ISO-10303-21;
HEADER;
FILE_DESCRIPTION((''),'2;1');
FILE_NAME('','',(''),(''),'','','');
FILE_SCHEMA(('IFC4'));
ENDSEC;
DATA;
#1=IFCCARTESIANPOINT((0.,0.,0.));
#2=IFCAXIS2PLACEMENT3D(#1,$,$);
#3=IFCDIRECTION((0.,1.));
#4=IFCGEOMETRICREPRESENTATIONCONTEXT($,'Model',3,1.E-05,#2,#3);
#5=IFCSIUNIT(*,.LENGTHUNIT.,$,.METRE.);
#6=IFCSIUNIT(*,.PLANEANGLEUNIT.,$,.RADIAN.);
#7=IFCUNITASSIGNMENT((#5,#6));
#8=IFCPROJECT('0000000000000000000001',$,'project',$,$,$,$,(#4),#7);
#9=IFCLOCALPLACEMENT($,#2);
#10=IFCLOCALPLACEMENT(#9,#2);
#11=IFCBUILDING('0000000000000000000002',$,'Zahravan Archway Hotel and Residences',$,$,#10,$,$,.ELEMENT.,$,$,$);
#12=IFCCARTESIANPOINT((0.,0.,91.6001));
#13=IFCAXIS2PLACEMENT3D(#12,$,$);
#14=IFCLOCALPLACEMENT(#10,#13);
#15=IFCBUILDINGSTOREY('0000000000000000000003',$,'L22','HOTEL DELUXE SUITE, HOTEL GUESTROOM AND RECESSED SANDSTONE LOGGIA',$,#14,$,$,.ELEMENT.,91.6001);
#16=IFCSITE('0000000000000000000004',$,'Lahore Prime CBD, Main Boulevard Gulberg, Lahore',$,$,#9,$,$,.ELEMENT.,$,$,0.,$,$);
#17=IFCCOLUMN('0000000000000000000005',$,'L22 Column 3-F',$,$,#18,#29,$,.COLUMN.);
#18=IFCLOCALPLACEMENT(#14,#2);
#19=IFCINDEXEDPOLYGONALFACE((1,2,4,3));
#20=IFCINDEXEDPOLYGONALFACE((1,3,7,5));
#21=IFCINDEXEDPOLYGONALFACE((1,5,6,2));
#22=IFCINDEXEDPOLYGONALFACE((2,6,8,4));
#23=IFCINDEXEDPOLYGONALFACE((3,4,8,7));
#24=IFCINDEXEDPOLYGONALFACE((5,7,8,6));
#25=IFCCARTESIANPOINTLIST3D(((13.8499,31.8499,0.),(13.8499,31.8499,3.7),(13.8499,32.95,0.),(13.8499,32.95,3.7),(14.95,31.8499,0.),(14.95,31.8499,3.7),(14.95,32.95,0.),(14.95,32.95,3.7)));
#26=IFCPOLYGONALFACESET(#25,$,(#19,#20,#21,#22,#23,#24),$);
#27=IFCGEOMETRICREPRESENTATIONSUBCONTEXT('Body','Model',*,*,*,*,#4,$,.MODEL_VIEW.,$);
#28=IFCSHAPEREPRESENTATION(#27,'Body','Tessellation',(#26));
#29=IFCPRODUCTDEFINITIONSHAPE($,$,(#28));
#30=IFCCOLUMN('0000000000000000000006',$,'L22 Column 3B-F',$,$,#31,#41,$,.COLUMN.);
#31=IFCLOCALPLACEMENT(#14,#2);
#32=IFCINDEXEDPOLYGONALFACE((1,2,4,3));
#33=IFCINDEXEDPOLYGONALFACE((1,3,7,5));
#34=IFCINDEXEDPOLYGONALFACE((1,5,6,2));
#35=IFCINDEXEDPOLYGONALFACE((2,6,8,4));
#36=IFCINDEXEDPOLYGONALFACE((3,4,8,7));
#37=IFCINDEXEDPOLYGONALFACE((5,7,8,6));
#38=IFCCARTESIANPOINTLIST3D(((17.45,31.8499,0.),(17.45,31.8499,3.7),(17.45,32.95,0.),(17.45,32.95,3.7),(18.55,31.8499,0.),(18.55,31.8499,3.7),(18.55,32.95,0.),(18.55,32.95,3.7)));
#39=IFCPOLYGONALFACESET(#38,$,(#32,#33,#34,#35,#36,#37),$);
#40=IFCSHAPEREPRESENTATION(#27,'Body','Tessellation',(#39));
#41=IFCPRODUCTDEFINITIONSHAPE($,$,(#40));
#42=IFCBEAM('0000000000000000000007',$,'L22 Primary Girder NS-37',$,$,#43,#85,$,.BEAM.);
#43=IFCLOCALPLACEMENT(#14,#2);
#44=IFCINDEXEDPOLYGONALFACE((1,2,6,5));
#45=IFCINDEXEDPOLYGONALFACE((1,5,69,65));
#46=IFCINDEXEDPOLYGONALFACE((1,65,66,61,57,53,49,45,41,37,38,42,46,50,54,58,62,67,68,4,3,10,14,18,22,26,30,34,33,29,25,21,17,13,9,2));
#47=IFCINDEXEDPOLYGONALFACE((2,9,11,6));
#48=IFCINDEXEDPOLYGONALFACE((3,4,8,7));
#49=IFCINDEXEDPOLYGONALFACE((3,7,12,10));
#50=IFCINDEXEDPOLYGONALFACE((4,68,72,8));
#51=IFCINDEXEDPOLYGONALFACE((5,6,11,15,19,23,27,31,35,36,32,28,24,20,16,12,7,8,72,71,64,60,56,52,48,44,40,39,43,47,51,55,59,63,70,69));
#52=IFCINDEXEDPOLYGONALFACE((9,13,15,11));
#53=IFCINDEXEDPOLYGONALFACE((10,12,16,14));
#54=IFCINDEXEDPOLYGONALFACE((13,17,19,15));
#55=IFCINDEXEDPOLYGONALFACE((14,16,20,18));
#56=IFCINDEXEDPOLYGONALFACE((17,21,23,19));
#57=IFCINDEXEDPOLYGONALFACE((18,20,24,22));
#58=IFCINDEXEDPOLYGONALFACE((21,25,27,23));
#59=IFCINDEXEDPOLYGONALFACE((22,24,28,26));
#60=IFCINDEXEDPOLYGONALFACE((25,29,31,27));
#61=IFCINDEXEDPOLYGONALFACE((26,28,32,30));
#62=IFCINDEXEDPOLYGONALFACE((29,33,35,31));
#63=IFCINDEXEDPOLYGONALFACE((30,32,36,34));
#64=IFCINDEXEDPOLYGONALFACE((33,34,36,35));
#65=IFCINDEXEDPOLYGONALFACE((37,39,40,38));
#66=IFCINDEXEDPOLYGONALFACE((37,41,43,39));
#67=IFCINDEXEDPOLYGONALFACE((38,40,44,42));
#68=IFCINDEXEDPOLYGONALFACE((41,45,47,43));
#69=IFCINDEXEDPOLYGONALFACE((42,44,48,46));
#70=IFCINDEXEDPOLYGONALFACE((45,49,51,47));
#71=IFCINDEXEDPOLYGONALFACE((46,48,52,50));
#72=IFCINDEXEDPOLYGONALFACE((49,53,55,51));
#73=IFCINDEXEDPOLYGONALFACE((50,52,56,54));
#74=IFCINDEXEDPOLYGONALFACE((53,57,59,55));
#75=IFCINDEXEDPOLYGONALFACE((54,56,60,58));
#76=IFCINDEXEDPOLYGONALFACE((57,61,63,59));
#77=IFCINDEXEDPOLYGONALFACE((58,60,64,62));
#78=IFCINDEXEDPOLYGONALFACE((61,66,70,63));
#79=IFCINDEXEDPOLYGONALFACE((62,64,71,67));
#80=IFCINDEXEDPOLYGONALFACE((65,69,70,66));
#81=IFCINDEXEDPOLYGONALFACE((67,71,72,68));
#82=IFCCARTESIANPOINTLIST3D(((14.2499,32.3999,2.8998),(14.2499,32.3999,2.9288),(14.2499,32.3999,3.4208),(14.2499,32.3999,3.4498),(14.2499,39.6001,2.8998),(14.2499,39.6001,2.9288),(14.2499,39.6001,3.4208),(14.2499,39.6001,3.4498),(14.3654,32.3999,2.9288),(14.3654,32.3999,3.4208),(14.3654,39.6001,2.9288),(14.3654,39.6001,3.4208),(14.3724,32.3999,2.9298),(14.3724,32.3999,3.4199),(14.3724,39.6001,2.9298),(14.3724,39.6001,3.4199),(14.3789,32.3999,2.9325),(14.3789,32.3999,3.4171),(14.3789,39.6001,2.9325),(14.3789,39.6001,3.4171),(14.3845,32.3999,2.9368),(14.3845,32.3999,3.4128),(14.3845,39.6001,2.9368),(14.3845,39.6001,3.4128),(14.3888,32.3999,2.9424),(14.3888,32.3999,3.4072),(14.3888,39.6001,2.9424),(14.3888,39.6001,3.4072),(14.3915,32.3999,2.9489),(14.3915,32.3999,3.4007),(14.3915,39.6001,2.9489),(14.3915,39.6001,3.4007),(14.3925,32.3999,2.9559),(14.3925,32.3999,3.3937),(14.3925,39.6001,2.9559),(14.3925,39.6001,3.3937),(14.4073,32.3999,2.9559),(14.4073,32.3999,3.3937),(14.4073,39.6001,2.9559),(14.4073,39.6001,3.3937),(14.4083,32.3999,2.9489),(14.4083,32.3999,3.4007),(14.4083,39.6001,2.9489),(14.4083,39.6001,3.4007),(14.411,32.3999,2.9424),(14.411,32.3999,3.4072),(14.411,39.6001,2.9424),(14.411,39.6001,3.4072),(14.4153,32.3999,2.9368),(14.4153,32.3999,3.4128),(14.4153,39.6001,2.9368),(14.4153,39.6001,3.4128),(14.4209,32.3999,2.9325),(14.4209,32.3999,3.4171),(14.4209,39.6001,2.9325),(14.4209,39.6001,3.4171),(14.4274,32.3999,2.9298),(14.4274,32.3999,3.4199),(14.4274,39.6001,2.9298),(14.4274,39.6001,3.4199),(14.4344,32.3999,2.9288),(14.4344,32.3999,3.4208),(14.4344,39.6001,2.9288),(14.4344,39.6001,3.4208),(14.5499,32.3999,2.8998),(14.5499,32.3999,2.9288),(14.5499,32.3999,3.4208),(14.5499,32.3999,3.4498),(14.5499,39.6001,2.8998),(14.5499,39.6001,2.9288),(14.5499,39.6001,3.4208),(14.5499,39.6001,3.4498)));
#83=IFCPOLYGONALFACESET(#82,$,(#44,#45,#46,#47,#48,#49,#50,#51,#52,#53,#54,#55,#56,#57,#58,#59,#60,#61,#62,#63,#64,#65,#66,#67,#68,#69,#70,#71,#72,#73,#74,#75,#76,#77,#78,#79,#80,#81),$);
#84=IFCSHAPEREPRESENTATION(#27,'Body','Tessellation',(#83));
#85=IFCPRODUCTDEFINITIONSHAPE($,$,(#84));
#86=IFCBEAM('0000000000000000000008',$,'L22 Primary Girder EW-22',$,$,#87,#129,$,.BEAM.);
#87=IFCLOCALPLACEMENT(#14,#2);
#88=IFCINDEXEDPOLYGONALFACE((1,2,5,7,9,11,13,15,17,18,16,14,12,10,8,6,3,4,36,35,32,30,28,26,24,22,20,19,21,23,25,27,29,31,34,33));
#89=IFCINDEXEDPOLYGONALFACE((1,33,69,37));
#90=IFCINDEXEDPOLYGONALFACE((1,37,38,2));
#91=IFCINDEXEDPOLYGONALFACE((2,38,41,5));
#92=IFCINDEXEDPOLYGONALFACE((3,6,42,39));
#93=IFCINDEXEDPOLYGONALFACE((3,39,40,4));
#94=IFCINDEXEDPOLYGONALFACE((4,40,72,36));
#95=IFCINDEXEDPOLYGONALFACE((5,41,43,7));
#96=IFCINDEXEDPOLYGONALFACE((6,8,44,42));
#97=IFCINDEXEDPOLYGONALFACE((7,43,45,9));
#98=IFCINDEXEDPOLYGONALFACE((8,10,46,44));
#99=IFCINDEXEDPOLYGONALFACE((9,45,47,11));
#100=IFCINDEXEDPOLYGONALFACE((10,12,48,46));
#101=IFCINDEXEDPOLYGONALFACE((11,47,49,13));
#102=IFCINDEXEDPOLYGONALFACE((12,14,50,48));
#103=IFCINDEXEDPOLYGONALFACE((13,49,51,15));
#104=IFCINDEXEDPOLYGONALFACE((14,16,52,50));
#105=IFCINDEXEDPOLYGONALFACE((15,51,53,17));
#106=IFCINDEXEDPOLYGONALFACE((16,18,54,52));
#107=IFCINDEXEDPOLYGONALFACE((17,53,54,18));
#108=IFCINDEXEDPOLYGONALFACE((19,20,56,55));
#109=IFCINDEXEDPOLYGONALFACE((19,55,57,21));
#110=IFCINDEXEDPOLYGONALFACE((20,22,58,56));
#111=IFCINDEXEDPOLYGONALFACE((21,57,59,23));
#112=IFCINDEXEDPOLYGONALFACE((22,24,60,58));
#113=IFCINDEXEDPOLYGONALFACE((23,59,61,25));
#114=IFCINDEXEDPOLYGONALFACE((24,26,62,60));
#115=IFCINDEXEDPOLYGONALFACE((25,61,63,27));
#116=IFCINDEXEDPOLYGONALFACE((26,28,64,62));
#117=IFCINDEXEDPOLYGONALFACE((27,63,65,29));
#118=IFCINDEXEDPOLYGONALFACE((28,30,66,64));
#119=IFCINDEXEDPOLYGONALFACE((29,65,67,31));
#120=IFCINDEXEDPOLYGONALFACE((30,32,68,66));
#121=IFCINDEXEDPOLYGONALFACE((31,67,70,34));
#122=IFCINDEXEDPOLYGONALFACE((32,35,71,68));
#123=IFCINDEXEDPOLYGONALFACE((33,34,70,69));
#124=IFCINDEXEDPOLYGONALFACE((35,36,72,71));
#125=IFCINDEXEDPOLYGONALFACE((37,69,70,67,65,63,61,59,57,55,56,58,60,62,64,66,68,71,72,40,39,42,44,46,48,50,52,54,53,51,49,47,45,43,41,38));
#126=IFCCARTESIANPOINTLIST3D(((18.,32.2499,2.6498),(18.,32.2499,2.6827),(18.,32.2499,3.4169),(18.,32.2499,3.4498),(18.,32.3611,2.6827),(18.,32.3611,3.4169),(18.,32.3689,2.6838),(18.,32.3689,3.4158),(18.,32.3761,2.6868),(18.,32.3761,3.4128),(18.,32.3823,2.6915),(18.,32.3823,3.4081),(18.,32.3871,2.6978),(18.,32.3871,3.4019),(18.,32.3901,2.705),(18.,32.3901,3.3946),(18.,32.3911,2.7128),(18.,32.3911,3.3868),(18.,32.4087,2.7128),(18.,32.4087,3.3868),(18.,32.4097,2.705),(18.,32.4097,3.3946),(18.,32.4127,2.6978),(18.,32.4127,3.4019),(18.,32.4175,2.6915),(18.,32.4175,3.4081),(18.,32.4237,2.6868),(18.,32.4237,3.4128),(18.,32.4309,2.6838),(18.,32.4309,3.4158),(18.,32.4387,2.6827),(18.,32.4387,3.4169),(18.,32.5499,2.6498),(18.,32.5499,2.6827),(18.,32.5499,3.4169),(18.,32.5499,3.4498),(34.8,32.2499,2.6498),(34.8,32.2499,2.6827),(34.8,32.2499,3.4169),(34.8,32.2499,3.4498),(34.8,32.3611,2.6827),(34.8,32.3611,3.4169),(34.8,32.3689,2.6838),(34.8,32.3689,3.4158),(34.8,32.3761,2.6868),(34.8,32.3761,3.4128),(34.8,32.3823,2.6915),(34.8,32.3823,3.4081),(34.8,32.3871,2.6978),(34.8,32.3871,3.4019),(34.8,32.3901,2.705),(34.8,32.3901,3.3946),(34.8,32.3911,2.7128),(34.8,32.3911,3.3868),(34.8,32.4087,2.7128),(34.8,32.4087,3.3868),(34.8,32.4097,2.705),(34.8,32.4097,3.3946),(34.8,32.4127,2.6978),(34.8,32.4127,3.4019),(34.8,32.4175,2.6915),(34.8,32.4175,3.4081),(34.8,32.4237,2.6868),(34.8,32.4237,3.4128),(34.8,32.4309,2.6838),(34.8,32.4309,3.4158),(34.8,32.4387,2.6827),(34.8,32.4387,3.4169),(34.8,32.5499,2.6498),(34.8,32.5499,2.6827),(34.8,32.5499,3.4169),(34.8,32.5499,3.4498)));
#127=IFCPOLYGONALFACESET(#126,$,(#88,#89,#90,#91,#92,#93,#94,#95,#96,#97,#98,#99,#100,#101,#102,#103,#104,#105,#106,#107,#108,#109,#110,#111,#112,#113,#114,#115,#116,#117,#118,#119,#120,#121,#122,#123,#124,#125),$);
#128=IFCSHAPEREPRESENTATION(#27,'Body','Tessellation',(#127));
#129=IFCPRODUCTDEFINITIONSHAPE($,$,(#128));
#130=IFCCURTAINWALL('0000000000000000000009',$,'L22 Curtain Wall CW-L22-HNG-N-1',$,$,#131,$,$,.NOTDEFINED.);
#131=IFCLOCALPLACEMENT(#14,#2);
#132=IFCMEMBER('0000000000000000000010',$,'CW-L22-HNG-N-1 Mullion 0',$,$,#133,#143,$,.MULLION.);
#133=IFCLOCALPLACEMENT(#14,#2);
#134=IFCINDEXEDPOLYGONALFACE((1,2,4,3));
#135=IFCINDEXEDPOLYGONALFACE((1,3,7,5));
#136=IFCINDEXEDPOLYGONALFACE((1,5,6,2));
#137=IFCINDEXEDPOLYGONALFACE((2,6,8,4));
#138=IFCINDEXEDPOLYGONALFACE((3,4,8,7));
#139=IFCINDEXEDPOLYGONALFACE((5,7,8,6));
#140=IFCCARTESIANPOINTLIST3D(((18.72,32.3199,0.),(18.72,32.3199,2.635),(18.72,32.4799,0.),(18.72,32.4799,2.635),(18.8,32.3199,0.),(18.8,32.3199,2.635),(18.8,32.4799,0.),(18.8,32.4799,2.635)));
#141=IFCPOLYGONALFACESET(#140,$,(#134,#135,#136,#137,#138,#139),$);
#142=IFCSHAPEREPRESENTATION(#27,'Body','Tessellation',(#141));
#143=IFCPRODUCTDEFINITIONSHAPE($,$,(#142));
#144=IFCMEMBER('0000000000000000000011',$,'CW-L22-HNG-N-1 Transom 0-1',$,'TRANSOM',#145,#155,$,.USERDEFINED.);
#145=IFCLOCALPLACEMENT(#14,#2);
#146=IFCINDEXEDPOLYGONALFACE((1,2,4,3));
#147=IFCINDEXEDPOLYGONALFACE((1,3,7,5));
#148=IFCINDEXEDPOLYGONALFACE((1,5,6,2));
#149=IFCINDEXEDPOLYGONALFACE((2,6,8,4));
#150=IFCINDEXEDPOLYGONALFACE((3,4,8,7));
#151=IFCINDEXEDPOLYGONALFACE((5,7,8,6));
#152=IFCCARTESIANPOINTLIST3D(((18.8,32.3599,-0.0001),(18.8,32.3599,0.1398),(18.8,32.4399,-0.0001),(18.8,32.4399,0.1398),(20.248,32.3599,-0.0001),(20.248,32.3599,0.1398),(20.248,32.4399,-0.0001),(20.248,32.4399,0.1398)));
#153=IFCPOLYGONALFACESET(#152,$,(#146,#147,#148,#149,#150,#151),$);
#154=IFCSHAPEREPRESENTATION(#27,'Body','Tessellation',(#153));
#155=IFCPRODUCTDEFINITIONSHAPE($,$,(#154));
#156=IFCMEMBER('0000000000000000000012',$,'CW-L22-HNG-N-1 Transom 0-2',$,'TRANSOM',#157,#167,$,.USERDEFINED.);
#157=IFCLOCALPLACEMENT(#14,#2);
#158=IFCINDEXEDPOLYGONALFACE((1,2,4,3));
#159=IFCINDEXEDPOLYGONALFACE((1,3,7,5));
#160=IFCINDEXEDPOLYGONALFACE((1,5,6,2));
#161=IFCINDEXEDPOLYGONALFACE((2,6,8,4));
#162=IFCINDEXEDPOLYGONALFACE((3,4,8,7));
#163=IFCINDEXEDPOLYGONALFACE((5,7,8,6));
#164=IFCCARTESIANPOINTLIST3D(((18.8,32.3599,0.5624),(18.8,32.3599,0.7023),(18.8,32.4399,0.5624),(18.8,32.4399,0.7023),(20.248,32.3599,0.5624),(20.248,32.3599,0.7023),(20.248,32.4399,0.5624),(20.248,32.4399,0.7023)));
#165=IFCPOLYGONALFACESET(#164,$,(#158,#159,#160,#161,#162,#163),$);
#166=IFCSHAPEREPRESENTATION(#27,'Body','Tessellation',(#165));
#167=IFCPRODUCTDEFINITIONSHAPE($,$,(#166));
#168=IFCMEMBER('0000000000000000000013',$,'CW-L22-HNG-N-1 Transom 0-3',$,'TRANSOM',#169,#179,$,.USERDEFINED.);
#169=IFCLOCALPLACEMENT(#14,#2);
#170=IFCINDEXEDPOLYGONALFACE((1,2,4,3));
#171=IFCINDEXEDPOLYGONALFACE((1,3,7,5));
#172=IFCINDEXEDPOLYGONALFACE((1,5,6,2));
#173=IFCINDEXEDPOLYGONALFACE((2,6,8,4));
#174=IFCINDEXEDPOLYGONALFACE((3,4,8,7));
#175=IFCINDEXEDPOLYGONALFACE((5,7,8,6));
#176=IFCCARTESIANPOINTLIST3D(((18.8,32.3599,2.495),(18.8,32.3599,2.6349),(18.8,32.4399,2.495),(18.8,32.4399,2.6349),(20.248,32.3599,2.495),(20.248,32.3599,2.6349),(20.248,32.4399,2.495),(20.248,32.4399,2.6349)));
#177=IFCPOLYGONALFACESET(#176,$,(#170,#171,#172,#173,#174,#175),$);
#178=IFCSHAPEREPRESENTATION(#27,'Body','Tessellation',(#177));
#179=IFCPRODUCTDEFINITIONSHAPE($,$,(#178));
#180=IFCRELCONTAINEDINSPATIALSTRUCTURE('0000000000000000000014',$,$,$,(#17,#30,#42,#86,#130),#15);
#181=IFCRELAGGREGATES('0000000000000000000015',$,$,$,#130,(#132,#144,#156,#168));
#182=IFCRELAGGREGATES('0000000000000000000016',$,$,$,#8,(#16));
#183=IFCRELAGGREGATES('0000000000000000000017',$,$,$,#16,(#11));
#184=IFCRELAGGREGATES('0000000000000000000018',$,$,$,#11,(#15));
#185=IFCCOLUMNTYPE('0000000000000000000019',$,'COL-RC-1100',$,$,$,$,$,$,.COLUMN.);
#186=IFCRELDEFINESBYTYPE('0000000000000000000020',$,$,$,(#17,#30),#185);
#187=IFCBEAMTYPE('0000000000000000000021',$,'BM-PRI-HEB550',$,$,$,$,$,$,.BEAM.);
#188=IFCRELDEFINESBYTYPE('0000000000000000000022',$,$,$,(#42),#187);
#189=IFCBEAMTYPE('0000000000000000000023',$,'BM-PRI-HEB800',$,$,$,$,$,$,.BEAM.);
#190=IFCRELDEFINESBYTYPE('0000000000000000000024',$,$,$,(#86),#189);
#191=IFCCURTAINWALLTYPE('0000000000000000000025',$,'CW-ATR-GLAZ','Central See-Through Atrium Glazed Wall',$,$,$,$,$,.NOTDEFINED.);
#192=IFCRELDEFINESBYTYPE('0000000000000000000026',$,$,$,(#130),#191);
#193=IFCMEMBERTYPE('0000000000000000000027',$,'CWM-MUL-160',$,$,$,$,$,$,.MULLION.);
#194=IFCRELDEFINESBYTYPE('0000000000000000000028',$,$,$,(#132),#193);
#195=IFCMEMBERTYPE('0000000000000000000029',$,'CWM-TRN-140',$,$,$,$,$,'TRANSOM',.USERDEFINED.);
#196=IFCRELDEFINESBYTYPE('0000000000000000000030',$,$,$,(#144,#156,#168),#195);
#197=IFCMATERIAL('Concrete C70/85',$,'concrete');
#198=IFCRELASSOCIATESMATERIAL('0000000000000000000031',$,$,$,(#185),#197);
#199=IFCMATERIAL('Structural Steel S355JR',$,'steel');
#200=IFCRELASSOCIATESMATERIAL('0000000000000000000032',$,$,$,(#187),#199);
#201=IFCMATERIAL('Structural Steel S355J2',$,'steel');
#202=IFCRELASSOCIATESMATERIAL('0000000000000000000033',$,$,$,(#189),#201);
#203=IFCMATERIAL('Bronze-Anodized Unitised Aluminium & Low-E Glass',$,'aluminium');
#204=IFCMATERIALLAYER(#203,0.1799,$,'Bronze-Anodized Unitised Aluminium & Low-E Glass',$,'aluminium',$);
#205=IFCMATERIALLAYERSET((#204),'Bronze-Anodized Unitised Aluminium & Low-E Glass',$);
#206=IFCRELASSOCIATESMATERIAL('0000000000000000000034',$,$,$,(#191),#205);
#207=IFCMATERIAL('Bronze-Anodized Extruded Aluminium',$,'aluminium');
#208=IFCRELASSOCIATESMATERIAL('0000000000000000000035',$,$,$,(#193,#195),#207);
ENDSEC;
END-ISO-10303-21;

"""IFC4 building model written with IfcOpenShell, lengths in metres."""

from ifc_helpers import new_model, si_unit, direction, frame, origin, origin_2d, place, context, subcontext, project, spatial, rectangle, i_section, extrude, source, transform, mapped, material, layer, layer_set, material_profile, profile_set, type_object, type_shapes, element, aggregate, save


model = new_model("IFC4")

# Units and contexts
model_context = context("Model", 3, precision=1e-05, world=origin(), true_north=direction((0.0, 1.0)))
body_context = subcontext(model_context, "Body", "Model", "MODEL_VIEW")
ifc_project = project(units=[si_unit("LENGTHUNIT", "METRE"), si_unit("PLANEANGLEUNIT", "RADIAN")], contexts=[model_context])

# Site, building, storey
site_placement = place(None, origin())
site = spatial("IfcSite", under=ifc_project, at=site_placement, Name="Lahore Prime CBD, Main Boulevard Gulberg, Lahore", CompositionType="ELEMENT", RefElevation=0.0)
building_placement = place(site_placement, origin())
building = spatial("IfcBuilding", under=site, at=building_placement, Name="Zahravan Archway Hotel and Residences", CompositionType="ELEMENT")
storey_placement = place(building_placement, frame((0.0, 0.0, 91.6001)))
storey = spatial("IfcBuildingStorey", under=building, at=storey_placement, Name="L22", Description="HOTEL DELUXE SUITE, HOTEL GUESTROOM AND RECESSED SANDSTONE LOGGIA", CompositionType="ELEMENT", Elevation=91.6001)

# Columns
ifc_material_1 = material(Name="Concrete C70/85", Category="concrete")
ifc_material_profile_1 = material_profile(ifc_material_1, rectangle(XDim=1.1001, YDim=1.1001, at=origin_2d()), Name="RC 1100x1100", Category="concrete")
ifc_profile_set_1 = profile_set([ifc_material_profile_1], Name="Concrete C70/85")
column_type = type_object("IfcColumnType", Name="COL-RC-1100", PredefinedType="COLUMN", material=ifc_profile_set_1)
shared_shape_1 = source(origin(), body_context, "Body", "SweptSolid", [
    extrude(rectangle(XDim=1.1001, YDim=1.1001, at=origin_2d()), origin(), (0.0, 0.0, 1.0), 3.7),
])
for number, where, z_axis, x_axis, name in (
    (1, (14.3999, 32.3999, 0.0), (0.0, 0.0, 1.0), (1.0, 0.0, 0.0), "L22 Column 3-F"),
    (2, (18.0, 32.3999, 0.0), (0.0, 0.0, 1.0), (1.0, 0.0, 0.0), "L22 Column 3B-F"),
):
    element("IfcColumn", number, at=place(storey_placement, frame(where, z_axis=z_axis, x_axis=x_axis)), inside=storey, type_object=column_type, Name=name, PredefinedType="COLUMN", context=body_context, shape_type="MappedRepresentation", body=[
        mapped(shared_shape_1, transform((0.0, 0.0, 0.0), scale=1.0)),
    ])

# Beams
ifc_material_2 = material(Name="Structural Steel S355JR", Category="steel")
ifc_material_profile_2 = material_profile(ifc_material_2, i_section(OverallWidth=0.3, OverallDepth=0.55, WebThickness=0.0149, FlangeThickness=0.0291, FilletRadius=0.0271, at=origin_2d()), Name="HEB 550", Category="steel")
ifc_profile_set_2 = profile_set([ifc_material_profile_2], Name="Structural Steel S355JR")
beam_type_1 = type_object("IfcBeamType", Name="BM-PRI-HEB550", PredefinedType="BEAM", material=ifc_profile_set_2)
shared_shape_2 = source(origin(), body_context, "Body", "SweptSolid", [
    extrude(i_section(OverallWidth=0.3, OverallDepth=0.55, WebThickness=0.0149, FlangeThickness=0.0291, FilletRadius=0.0271, at=origin_2d()), origin(), (0.0, 0.0, 1.0), 7.2002),
])
type_shapes(beam_type_1, [shared_shape_2])
beam_1_placement = place(storey_placement, frame((14.3999, 32.3999, 3.1748), z_axis=(0.0, 1.0, 0.0), x_axis=(-1.0, 0.0, 0.0)))
element("IfcBeam", 3, at=beam_1_placement, inside=storey, type_object=beam_type_1, Name="L22 Primary Girder NS-37", PredefinedType="BEAM", context=body_context, shape_type="MappedRepresentation", body=[
    mapped(shared_shape_2, transform((0.0, 0.0, 0.0), scale=1.0)),
])
ifc_material_3 = material(Name="Structural Steel S355J2", Category="steel")
ifc_material_profile_3 = material_profile(ifc_material_3, i_section(OverallWidth=0.3, OverallDepth=0.8, WebThickness=0.0176, FlangeThickness=0.033, FilletRadius=0.03, at=origin_2d()), Name="HEB 800", Category="steel")
ifc_profile_set_3 = profile_set([ifc_material_profile_3], Name="Structural Steel S355J2")
beam_type_2 = type_object("IfcBeamType", Name="BM-PRI-HEB800", PredefinedType="BEAM", material=ifc_profile_set_3)
shared_shape_3 = source(origin(), body_context, "Body", "SweptSolid", [
    extrude(i_section(OverallWidth=0.3, OverallDepth=0.8, WebThickness=0.0176, FlangeThickness=0.033, FilletRadius=0.03, at=origin_2d()), origin(), (0.0, 0.0, 1.0), 16.8),
])
type_shapes(beam_type_2, [shared_shape_3])
beam_2_placement = place(storey_placement, frame((18.0, 32.3999, 3.0498), z_axis=(1.0, 0.0, 0.0), x_axis=(0.0, 1.0, 0.0)))
element("IfcBeam", 4, at=beam_2_placement, inside=storey, type_object=beam_type_2, Name="L22 Primary Girder EW-22", PredefinedType="BEAM", context=body_context, shape_type="MappedRepresentation", body=[
    mapped(shared_shape_3, transform((0.0, 0.0, 0.0), scale=1.0)),
])

# Curtain wall, members
ifc_material_4 = material(Name="Bronze-Anodized Unitised Aluminium & Low-E Glass", Category="aluminium")
ifc_layer_1 = layer(ifc_material_4, 0.1799, Name="Bronze-Anodized Unitised Aluminium & Low-E Glass", Category="aluminium")
ifc_layer_set_1 = layer_set([ifc_layer_1], Name="Bronze-Anodized Unitised Aluminium & Low-E Glass")
curtain_wall_type = type_object("IfcCurtainWallType", Name="CW-ATR-GLAZ", Description="Central See-Through Atrium Glazed Wall", PredefinedType="NOTDEFINED", material=ifc_layer_set_1)
curtain_wall_1_placement = place(storey_placement, origin())
curtain_wall_1 = element("IfcCurtainWall", 5, at=curtain_wall_1_placement, inside=storey, type_object=curtain_wall_type, Name="L22 Curtain Wall CW-L22-HNG-N-1", PredefinedType="NOTDEFINED")
ifc_material_5 = material(Name="Bronze-Anodized Extruded Aluminium", Category="aluminium")
ifc_material_profile_4 = material_profile(ifc_material_5, rectangle(XDim=0.0801, YDim=0.1599, at=origin_2d()), Name="MUL 80x160", Category="aluminium")
ifc_profile_set_4 = profile_set([ifc_material_profile_4], Name="Bronze-Anodized Extruded Aluminium")
member_type_1 = type_object("IfcMemberType", Name="CWM-MUL-160", PredefinedType="MULLION", material=ifc_profile_set_4)
shared_shape_4 = source(origin(), body_context, "Body", "SweptSolid", [
    extrude(rectangle(XDim=0.0801, YDim=0.1599, at=origin_2d()), origin(), (0.0, 0.0, 1.0), 2.635),
])
member_1_placement = place(storey_placement, frame((18.76, 32.3999, 0.0), z_axis=(0.0, 0.0, 1.0), x_axis=(1.0, 0.0, 0.0)))
member_1 = element("IfcMember", 6, at=member_1_placement, type_object=member_type_1, Name="CW-L22-HNG-N-1 Mullion 0", PredefinedType="MULLION", context=body_context, shape_type="MappedRepresentation", body=[
    mapped(shared_shape_4, transform((0.0, 0.0, 0.0), scale=1.0)),
])
ifc_material_profile_5 = material_profile(ifc_material_5, rectangle(XDim=0.0801, YDim=0.1399, at=origin_2d()), Name="TRN 80x140", Category="aluminium")
ifc_profile_set_5 = profile_set([ifc_material_profile_5], Name="Bronze-Anodized Extruded Aluminium")
member_type_2 = type_object("IfcMemberType", Name="CWM-TRN-140", ElementType="TRANSOM", PredefinedType="USERDEFINED", material=ifc_profile_set_5)
shared_shape_5 = source(origin(), body_context, "Body", "SweptSolid", [
    extrude(rectangle(XDim=0.0801, YDim=0.1399, at=origin_2d()), origin(), (0.0, 0.0, 1.0), 1.448),
])
member_2_placement = place(storey_placement, frame((18.8, 32.3999, 0.0698), z_axis=(1.0, 0.0, 0.0), x_axis=(0.0, 1.0, 0.0)))
member_2 = element("IfcMember", 7, at=member_2_placement, type_object=member_type_2, Name="CW-L22-HNG-N-1 Transom 0-1", ObjectType="TRANSOM", PredefinedType="USERDEFINED", context=body_context, shape_type="MappedRepresentation", body=[
    mapped(shared_shape_5, transform((0.0, 0.0, 0.0), scale=1.0)),
])
member_3_placement = place(storey_placement, frame((18.8, 32.3999, 0.6323), z_axis=(1.0, 0.0, 0.0), x_axis=(0.0, 1.0, 0.0)))
member_3 = element("IfcMember", 8, at=member_3_placement, type_object=member_type_2, Name="CW-L22-HNG-N-1 Transom 0-2", ObjectType="TRANSOM", PredefinedType="USERDEFINED", context=body_context, shape_type="MappedRepresentation", body=[
    mapped(shared_shape_5, transform((0.0, 0.0, 0.0), scale=1.0)),
])
member_4_placement = place(storey_placement, frame((18.8, 32.3999, 2.5649), z_axis=(1.0, 0.0, 0.0), x_axis=(0.0, 1.0, 0.0)))
member_4 = element("IfcMember", 9, at=member_4_placement, type_object=member_type_2, Name="CW-L22-HNG-N-1 Transom 0-3", ObjectType="TRANSOM", PredefinedType="USERDEFINED", context=body_context, shape_type="MappedRepresentation", body=[
    mapped(shared_shape_5, transform((0.0, 0.0, 0.0), scale=1.0)),
])
aggregate(curtain_wall_1, [member_1, member_2, member_3, member_4])

save(model, "model.ifc")
